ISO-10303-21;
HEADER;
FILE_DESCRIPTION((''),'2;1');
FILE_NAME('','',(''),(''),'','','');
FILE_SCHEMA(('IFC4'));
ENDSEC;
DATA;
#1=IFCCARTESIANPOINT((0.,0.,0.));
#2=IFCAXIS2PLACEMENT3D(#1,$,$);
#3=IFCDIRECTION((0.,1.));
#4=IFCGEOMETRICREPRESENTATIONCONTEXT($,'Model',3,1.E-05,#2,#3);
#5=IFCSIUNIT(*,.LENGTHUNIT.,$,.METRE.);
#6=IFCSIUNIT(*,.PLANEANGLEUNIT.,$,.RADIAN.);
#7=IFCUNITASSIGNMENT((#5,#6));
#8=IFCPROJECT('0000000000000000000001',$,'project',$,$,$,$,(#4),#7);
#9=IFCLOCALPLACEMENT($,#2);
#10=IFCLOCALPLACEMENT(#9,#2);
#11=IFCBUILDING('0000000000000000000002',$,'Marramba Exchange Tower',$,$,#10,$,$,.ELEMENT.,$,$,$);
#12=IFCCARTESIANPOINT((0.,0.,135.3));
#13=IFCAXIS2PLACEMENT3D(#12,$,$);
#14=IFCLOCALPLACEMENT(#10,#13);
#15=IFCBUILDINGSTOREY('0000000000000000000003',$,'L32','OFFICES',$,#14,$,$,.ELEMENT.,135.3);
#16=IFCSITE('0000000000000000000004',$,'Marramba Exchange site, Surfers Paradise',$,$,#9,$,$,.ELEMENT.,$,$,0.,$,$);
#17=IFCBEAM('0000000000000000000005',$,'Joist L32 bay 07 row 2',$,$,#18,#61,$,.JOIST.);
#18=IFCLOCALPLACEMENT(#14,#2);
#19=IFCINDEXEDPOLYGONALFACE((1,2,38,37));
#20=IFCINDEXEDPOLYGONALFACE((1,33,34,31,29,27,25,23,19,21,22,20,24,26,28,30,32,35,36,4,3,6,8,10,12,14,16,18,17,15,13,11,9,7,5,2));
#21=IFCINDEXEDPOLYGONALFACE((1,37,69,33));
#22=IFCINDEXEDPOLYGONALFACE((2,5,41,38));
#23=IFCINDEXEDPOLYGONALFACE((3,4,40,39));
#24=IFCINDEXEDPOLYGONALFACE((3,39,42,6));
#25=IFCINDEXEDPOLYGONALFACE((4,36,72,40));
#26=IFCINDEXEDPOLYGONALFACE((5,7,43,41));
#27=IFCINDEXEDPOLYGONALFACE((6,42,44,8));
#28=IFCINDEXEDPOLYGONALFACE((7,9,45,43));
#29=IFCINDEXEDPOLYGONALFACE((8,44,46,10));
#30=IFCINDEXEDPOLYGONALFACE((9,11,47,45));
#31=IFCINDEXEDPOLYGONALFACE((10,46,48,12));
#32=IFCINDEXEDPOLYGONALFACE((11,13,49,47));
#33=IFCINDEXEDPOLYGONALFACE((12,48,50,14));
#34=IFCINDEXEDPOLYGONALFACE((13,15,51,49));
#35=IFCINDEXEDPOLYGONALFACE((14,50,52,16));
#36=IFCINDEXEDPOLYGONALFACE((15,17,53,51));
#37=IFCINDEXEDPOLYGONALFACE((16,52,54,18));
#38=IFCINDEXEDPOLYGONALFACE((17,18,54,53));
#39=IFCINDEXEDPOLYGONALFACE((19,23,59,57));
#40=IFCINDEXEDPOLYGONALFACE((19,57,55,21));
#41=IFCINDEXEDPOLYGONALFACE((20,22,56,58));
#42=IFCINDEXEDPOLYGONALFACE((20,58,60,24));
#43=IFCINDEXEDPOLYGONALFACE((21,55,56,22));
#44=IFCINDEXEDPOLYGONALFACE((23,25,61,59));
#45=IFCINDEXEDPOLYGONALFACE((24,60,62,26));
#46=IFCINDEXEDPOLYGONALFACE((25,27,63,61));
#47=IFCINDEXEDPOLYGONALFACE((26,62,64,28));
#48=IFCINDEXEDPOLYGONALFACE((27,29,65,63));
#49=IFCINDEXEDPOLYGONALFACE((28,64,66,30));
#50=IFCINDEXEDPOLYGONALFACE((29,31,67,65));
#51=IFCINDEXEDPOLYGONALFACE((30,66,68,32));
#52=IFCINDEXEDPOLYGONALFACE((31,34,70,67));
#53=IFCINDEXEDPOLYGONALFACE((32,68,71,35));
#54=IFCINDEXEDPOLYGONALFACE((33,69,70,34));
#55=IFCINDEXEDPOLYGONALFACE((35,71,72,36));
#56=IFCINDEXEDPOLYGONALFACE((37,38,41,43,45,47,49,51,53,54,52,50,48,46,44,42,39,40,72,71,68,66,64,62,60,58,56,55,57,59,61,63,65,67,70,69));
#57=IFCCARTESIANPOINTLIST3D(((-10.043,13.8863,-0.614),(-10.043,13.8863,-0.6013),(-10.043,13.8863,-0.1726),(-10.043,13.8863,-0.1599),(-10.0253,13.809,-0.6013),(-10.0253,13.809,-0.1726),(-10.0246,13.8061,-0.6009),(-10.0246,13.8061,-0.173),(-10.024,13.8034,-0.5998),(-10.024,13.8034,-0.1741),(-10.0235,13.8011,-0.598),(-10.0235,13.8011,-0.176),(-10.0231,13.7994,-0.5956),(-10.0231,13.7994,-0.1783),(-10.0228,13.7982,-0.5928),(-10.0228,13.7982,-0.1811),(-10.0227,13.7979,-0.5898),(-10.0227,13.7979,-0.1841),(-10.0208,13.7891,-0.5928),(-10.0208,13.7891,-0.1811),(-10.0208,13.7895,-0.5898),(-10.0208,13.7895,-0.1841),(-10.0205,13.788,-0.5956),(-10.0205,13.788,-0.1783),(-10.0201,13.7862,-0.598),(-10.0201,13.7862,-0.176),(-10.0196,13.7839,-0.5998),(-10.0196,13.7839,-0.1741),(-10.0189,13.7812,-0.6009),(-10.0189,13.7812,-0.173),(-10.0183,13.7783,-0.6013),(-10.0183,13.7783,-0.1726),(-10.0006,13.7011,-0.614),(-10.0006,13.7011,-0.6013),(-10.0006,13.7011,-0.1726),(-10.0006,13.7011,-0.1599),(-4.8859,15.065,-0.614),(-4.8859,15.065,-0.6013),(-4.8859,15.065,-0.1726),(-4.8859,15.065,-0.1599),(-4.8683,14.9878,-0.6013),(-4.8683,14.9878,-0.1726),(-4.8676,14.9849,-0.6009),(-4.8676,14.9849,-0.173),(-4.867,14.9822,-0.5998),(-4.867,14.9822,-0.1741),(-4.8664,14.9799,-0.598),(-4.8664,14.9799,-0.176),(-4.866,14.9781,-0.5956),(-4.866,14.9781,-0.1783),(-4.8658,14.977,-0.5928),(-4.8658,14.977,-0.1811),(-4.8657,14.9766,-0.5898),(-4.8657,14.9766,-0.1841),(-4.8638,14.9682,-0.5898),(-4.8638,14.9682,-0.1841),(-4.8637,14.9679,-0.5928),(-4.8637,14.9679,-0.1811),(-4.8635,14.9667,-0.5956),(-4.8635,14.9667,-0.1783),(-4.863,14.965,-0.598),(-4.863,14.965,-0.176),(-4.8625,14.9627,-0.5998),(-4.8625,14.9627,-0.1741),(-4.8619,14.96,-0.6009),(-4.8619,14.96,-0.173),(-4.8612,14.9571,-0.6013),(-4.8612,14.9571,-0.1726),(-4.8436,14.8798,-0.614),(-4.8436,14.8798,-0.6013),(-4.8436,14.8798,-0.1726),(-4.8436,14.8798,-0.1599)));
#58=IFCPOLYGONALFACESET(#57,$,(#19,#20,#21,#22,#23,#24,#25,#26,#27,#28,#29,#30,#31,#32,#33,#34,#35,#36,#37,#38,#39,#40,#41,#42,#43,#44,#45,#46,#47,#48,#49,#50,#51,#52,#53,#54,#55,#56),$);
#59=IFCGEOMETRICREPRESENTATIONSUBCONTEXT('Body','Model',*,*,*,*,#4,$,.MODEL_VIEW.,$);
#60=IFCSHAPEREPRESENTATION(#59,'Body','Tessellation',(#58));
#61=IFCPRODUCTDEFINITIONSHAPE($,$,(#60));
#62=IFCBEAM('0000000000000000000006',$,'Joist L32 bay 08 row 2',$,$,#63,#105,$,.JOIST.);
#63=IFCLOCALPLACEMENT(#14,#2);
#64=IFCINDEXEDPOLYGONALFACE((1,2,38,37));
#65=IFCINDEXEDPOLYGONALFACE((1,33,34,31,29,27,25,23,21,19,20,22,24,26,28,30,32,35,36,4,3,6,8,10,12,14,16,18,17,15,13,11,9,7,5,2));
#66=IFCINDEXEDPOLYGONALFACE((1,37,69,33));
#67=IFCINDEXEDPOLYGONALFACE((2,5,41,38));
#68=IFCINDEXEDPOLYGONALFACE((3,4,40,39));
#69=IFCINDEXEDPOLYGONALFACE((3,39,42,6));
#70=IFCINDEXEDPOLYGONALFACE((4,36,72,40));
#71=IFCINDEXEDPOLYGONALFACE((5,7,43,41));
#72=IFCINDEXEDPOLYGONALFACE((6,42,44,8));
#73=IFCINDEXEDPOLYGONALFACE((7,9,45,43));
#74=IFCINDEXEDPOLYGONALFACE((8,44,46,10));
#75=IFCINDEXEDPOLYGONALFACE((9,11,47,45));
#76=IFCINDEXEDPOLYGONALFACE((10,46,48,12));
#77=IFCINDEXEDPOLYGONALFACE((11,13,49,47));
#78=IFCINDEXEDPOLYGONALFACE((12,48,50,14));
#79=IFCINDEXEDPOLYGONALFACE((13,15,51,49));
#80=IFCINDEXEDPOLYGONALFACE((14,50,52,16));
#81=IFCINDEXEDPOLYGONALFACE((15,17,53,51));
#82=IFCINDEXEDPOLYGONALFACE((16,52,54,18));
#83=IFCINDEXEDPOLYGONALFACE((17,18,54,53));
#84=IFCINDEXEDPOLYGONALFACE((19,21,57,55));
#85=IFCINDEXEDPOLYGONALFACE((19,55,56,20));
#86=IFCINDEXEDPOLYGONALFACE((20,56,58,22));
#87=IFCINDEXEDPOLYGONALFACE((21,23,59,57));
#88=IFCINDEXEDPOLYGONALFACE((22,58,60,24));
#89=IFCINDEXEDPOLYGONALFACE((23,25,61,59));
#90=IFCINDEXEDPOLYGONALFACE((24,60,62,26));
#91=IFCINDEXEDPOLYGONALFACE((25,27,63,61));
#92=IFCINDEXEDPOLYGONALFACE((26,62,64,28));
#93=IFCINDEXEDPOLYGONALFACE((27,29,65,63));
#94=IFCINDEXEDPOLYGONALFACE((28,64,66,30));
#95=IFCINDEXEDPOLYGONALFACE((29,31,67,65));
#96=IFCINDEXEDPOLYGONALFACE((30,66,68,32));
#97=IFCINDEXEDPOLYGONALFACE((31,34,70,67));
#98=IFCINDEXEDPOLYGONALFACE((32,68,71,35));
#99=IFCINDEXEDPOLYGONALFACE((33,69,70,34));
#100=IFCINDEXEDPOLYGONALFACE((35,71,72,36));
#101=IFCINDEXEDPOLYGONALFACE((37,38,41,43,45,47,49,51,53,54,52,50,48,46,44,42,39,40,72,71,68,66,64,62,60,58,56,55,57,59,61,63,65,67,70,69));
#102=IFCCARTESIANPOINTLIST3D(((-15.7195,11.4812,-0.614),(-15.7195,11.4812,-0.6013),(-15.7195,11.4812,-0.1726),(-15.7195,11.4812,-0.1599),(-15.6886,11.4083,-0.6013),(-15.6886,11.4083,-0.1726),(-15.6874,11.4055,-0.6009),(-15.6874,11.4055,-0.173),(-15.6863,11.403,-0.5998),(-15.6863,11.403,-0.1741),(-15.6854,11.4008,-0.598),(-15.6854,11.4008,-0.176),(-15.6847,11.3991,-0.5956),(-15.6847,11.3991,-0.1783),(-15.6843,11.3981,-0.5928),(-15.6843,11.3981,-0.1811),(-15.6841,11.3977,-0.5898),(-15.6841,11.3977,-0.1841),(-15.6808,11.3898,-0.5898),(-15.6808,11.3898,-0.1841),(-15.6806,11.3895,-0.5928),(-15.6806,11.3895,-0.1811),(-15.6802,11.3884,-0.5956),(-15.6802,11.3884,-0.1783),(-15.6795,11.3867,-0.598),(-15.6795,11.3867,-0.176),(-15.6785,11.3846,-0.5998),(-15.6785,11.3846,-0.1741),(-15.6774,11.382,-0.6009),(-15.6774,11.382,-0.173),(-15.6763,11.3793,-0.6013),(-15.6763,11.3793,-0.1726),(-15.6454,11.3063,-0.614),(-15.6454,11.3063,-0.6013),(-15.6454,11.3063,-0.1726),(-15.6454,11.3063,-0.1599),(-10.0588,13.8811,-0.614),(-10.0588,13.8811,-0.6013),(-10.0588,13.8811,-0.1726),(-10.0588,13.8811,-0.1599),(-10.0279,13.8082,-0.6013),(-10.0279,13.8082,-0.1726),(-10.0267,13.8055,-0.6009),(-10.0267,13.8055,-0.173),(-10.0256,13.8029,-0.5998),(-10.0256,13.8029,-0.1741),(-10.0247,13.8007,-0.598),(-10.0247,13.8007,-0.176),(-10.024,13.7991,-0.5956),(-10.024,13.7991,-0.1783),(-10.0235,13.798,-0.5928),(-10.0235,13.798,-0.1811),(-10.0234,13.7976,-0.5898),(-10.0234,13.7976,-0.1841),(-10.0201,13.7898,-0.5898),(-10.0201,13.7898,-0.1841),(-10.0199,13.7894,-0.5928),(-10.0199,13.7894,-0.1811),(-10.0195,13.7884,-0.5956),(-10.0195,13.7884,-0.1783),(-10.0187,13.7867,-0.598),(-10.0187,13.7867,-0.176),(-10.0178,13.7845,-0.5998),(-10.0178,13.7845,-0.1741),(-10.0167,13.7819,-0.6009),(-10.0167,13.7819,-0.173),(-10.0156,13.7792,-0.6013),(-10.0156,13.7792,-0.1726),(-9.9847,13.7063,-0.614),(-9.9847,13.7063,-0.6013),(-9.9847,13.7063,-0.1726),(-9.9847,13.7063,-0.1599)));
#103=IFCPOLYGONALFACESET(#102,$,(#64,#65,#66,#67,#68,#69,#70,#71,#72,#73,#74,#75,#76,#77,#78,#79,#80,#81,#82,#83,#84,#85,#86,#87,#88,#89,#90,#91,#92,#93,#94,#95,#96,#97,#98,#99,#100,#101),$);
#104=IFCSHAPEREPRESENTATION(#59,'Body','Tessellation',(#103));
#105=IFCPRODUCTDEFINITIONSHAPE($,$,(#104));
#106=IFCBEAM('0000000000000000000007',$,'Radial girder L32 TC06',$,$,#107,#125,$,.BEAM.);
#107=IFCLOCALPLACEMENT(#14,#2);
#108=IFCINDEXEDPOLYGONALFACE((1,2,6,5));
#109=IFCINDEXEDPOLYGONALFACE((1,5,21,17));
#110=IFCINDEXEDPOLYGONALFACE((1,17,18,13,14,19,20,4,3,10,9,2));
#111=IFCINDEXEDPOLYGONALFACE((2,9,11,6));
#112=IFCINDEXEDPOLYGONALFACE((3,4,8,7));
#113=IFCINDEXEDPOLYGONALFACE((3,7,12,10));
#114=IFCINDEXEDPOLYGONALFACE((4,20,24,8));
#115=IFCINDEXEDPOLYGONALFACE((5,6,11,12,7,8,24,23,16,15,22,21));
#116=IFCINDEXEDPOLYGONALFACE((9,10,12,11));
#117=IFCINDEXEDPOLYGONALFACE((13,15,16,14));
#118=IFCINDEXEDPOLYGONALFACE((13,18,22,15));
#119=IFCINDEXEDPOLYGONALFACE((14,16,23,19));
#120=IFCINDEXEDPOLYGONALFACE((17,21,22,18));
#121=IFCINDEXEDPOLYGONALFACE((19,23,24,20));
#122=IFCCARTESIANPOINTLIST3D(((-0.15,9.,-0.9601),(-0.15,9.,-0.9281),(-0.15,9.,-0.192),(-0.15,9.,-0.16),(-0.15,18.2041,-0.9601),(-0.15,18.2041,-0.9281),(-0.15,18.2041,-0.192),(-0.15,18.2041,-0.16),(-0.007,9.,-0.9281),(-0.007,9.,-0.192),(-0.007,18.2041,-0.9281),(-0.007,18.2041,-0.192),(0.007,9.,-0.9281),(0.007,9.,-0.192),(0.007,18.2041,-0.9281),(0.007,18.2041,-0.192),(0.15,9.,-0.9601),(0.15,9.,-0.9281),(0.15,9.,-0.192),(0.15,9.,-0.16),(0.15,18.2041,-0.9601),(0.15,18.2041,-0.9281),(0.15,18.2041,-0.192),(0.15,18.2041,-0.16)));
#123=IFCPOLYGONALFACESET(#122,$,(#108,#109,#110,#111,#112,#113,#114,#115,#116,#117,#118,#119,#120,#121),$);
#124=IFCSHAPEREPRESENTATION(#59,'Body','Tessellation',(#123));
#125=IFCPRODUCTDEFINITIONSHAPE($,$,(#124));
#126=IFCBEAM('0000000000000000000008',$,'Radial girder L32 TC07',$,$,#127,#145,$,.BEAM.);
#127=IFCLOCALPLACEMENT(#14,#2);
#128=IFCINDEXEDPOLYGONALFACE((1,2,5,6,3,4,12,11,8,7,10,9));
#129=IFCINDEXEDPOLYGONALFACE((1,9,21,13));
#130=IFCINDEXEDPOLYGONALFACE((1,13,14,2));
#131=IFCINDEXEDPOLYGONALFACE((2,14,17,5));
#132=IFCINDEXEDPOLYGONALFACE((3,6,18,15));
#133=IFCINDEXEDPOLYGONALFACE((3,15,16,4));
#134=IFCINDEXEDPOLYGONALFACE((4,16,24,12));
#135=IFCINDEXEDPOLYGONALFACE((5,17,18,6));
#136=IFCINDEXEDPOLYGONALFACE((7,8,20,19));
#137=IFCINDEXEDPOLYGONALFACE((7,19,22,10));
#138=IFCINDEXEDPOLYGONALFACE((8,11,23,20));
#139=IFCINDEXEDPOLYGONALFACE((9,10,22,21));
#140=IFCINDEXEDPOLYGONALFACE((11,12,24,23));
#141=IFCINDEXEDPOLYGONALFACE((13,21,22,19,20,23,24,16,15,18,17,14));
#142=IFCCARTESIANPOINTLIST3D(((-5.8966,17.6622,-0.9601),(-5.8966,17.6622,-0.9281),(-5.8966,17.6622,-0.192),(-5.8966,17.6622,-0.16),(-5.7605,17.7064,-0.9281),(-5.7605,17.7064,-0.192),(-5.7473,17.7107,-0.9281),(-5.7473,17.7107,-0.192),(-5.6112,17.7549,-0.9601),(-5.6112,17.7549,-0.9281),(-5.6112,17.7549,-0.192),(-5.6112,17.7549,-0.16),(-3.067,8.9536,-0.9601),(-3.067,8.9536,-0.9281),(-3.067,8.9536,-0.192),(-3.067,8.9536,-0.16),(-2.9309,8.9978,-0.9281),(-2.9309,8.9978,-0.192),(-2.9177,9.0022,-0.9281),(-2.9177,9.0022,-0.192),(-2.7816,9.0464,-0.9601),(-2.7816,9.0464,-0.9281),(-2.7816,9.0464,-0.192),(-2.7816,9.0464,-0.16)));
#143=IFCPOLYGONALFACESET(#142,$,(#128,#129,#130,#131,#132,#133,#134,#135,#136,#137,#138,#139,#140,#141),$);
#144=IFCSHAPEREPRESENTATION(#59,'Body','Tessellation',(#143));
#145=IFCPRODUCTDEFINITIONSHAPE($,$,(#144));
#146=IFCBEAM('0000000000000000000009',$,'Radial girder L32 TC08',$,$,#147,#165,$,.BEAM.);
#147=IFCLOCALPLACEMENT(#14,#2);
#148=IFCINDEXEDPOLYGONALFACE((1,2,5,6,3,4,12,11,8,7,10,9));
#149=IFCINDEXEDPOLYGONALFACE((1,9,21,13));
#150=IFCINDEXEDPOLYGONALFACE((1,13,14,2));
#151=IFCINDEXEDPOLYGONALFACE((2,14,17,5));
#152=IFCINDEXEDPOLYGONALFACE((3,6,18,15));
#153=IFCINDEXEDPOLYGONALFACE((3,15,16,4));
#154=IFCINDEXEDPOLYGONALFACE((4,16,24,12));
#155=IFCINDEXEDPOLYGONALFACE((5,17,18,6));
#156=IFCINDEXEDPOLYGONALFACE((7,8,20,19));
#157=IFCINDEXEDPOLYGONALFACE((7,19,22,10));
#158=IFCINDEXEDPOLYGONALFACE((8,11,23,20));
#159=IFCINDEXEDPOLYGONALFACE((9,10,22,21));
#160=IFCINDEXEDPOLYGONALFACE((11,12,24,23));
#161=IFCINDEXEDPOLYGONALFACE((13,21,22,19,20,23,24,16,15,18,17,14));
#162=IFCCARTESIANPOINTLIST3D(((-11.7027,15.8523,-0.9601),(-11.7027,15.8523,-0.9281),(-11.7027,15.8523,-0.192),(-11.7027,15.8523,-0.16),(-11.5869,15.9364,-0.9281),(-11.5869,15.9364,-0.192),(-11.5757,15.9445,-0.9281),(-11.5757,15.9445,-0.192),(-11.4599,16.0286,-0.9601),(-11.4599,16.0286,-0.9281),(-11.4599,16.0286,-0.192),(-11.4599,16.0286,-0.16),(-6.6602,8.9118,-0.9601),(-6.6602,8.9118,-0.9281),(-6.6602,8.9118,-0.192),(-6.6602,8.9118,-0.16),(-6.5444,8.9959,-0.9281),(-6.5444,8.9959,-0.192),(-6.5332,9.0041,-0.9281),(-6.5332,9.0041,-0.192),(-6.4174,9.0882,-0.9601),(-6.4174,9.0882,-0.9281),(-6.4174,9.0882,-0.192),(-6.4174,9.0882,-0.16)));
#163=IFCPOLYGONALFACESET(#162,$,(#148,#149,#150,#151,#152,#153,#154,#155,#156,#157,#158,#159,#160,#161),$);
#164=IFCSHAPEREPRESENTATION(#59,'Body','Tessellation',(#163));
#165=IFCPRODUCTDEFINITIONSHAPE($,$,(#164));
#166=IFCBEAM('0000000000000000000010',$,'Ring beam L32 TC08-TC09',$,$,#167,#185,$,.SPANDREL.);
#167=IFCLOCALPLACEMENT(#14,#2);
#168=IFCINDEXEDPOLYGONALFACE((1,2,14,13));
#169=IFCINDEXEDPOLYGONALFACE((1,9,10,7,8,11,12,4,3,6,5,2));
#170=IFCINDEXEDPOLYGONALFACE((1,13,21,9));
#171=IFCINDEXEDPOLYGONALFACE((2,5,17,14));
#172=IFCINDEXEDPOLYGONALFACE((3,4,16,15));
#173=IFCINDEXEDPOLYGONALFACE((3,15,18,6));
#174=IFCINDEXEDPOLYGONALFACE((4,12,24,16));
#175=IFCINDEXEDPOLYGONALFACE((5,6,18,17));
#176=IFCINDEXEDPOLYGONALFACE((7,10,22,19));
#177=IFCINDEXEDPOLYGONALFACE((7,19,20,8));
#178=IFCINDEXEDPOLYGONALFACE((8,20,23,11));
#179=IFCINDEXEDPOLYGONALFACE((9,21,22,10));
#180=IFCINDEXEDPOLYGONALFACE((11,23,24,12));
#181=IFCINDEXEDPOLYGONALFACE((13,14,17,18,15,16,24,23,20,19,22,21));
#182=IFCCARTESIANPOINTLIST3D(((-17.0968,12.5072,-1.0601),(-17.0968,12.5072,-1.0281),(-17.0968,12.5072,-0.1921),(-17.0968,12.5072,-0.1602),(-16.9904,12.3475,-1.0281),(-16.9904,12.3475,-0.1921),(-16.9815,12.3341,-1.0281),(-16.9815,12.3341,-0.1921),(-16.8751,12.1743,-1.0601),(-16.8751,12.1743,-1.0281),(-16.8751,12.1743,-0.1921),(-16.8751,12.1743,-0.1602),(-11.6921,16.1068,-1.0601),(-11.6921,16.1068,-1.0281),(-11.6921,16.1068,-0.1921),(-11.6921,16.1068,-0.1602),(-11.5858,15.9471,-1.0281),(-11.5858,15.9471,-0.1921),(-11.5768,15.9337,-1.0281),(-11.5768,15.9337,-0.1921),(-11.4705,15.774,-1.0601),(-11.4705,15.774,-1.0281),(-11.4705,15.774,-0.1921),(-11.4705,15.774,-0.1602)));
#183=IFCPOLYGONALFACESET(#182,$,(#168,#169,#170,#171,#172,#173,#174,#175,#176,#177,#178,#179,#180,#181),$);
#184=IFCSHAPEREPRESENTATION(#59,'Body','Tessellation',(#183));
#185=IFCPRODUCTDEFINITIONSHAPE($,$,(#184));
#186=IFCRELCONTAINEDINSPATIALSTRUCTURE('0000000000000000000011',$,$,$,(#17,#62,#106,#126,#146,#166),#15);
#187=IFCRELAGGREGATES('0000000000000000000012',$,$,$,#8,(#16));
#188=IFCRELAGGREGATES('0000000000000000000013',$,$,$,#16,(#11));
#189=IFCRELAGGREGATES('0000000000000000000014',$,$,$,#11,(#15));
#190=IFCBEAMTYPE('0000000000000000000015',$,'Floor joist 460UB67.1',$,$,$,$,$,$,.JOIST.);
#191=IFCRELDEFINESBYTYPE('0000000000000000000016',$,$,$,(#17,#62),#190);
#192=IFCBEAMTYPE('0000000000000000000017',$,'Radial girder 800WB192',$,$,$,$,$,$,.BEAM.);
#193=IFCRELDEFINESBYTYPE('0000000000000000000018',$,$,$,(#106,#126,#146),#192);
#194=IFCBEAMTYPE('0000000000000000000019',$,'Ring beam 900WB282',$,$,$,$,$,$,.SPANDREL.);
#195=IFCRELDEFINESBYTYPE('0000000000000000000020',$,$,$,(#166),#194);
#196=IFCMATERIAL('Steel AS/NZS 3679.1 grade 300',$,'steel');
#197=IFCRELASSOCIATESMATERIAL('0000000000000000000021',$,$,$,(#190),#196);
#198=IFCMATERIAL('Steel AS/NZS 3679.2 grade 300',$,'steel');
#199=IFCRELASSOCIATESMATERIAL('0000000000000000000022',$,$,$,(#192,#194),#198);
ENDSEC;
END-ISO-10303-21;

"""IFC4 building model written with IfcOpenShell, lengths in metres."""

from ifc_helpers import new_model, si_unit, direction, frame, origin, origin_2d, place, context, subcontext, project, spatial, i_section, extrude, material, material_profile, profile_set, type_object, element, save


model = new_model("IFC4")

# Units and contexts
model_context = context("Model", 3, precision=1e-05, world=origin(), true_north=direction((0.0, 1.0)))
body_context = subcontext(model_context, "Body", "Model", "MODEL_VIEW")
ifc_project = project(units=[si_unit("LENGTHUNIT", "METRE"), si_unit("PLANEANGLEUNIT", "RADIAN")], contexts=[model_context])

# Site, building, storey
site_placement = place(None, origin())
site = spatial("IfcSite", under=ifc_project, at=site_placement, Name="Marramba Exchange site, Surfers Paradise", CompositionType="ELEMENT", RefElevation=0.0)
building_placement = place(site_placement, origin())
building = spatial("IfcBuilding", under=site, at=building_placement, Name="Marramba Exchange Tower", CompositionType="ELEMENT")
storey_placement = place(building_placement, frame((0.0, 0.0, 135.3)))
storey = spatial("IfcBuildingStorey", under=building, at=storey_placement, Name="L32", Description="OFFICES", CompositionType="ELEMENT", Elevation=135.3)

# Beams
ifc_material_1 = material(Name="Steel AS/NZS 3679.1 grade 300", Category="steel")
ifc_material_profile_1 = material_profile(ifc_material_1, i_section(OverallWidth=0.1899, OverallDepth=0.4541, WebThickness=0.0085, FlangeThickness=0.0127, FilletRadius=0.0115, at=origin_2d()), Name="460UB67.1")
ifc_profile_set_1 = profile_set([ifc_material_profile_1], Name="Steel AS/NZS 3679.1 grade 300")
beam_type_1 = type_object("IfcBeamType", Name="Floor joist 460UB67.1", PredefinedType="JOIST", material=ifc_profile_set_1)
beam_1_placement = place(storey_placement, frame((-4.8647, 14.9724, -0.387), z_axis=(-0.97486, -0.22282, 0.0), x_axis=(0.22282, -0.97486, 0.0)))
element("IfcBeam", 1, at=beam_1_placement, inside=storey, type_object=beam_type_1, Name="Joist L32 bay 07 row 2", PredefinedType="JOIST", context=body_context, shape_type="SweptSolid", body=[
    extrude(i_section(OverallWidth=0.1899, OverallDepth=0.4541, WebThickness=0.0085, FlangeThickness=0.0127, FilletRadius=0.0115, at=origin_2d()), origin(), (0.0, 0.0, 1.0), 5.29),
])
beam_2_placement = place(storey_placement, frame((-10.0217, 13.7937, -0.387), z_axis=(-0.920674, -0.390332, 0.0), x_axis=(0.390332, -0.920674, 0.0)))
element("IfcBeam", 2, at=beam_2_placement, inside=storey, type_object=beam_type_1, Name="Joist L32 bay 08 row 2", PredefinedType="JOIST", context=body_context, shape_type="SweptSolid", body=[
    extrude(i_section(OverallWidth=0.1899, OverallDepth=0.4541, WebThickness=0.0085, FlangeThickness=0.0127, FilletRadius=0.0115, at=origin_2d()), origin(), (0.0, 0.0, 1.0), 6.1484),
])
ifc_material_2 = material(Name="Steel AS/NZS 3679.2 grade 300", Category="steel")
ifc_material_profile_2 = material_profile(ifc_material_2, i_section(OverallWidth=0.3, OverallDepth=0.8, WebThickness=0.0139, FlangeThickness=0.032, at=origin_2d()), Name="800WB192")
ifc_profile_set_2 = profile_set([ifc_material_profile_2], Name="Steel AS/NZS 3679.2 grade 300")
beam_type_2 = type_object("IfcBeamType", Name="Radial girder 800WB192", PredefinedType="BEAM", material=ifc_profile_set_2)
beam_3_placement = place(storey_placement, frame((0.0, 9.0, -0.5601), z_axis=(0.0, 1.0, 0.0), x_axis=(-1.0, 0.0, 0.0)))
element("IfcBeam", 3, at=beam_3_placement, inside=storey, type_object=beam_type_2, Name="Radial girder L32 TC06", PredefinedType="BEAM", context=body_context, shape_type="SweptSolid", body=[
    extrude(i_section(OverallWidth=0.3, OverallDepth=0.8, WebThickness=0.0139, FlangeThickness=0.032, at=origin_2d()), origin(), (0.0, 0.0, 1.0), 9.2041),
])
beam_4_placement = place(storey_placement, frame((-2.9243, 9.0, -0.5601), z_axis=(-0.30902, 0.951056, 0.0), x_axis=(-0.951056, -0.30902, 0.0)))
element("IfcBeam", 4, at=beam_4_placement, inside=storey, type_object=beam_type_2, Name="Radial girder L32 TC07", PredefinedType="BEAM", context=body_context, shape_type="SweptSolid", body=[
    extrude(i_section(OverallWidth=0.3, OverallDepth=0.8, WebThickness=0.0139, FlangeThickness=0.032, at=origin_2d()), origin(), (0.0, 0.0, 1.0), 9.1567),
])
beam_5_placement = place(storey_placement, frame((-6.5388, 9.0, -0.5601), z_axis=(-0.587782, 0.809019, 0.0), x_axis=(-0.809019, -0.587782, 0.0)))
element("IfcBeam", 5, at=beam_5_placement, inside=storey, type_object=beam_type_2, Name="Radial girder L32 TC08", PredefinedType="BEAM", context=body_context, shape_type="SweptSolid", body=[
    extrude(i_section(OverallWidth=0.3, OverallDepth=0.8, WebThickness=0.0139, FlangeThickness=0.032, at=origin_2d()), origin(), (0.0, 0.0, 1.0), 8.5789),
])
ifc_material_profile_3 = material_profile(ifc_material_2, i_section(OverallWidth=0.3999, OverallDepth=0.8999, WebThickness=0.0161, FlangeThickness=0.032, at=origin_2d()), Name="900WB282")
ifc_profile_set_3 = profile_set([ifc_material_profile_3], Name="Steel AS/NZS 3679.2 grade 300")
beam_type_3 = type_object("IfcBeamType", Name="Ring beam 900WB282", PredefinedType="SPANDREL", material=ifc_profile_set_3)
beam_6_placement = place(storey_placement, frame((-11.5813, 15.9404, -0.6101), z_axis=(-0.832293, -0.554336, 0.0), x_axis=(0.554336, -0.832293, 0.0)))
element("IfcBeam", 6, at=beam_6_placement, inside=storey, type_object=beam_type_3, Name="Ring beam L32 TC08-TC09", PredefinedType="SPANDREL", context=body_context, shape_type="SweptSolid", body=[
    extrude(i_section(OverallWidth=0.3999, OverallDepth=0.8999, WebThickness=0.0161, FlangeThickness=0.032, at=origin_2d()), origin(), (0.0, 0.0, 1.0), 6.4937),
])

save(model, "model.ifc")
